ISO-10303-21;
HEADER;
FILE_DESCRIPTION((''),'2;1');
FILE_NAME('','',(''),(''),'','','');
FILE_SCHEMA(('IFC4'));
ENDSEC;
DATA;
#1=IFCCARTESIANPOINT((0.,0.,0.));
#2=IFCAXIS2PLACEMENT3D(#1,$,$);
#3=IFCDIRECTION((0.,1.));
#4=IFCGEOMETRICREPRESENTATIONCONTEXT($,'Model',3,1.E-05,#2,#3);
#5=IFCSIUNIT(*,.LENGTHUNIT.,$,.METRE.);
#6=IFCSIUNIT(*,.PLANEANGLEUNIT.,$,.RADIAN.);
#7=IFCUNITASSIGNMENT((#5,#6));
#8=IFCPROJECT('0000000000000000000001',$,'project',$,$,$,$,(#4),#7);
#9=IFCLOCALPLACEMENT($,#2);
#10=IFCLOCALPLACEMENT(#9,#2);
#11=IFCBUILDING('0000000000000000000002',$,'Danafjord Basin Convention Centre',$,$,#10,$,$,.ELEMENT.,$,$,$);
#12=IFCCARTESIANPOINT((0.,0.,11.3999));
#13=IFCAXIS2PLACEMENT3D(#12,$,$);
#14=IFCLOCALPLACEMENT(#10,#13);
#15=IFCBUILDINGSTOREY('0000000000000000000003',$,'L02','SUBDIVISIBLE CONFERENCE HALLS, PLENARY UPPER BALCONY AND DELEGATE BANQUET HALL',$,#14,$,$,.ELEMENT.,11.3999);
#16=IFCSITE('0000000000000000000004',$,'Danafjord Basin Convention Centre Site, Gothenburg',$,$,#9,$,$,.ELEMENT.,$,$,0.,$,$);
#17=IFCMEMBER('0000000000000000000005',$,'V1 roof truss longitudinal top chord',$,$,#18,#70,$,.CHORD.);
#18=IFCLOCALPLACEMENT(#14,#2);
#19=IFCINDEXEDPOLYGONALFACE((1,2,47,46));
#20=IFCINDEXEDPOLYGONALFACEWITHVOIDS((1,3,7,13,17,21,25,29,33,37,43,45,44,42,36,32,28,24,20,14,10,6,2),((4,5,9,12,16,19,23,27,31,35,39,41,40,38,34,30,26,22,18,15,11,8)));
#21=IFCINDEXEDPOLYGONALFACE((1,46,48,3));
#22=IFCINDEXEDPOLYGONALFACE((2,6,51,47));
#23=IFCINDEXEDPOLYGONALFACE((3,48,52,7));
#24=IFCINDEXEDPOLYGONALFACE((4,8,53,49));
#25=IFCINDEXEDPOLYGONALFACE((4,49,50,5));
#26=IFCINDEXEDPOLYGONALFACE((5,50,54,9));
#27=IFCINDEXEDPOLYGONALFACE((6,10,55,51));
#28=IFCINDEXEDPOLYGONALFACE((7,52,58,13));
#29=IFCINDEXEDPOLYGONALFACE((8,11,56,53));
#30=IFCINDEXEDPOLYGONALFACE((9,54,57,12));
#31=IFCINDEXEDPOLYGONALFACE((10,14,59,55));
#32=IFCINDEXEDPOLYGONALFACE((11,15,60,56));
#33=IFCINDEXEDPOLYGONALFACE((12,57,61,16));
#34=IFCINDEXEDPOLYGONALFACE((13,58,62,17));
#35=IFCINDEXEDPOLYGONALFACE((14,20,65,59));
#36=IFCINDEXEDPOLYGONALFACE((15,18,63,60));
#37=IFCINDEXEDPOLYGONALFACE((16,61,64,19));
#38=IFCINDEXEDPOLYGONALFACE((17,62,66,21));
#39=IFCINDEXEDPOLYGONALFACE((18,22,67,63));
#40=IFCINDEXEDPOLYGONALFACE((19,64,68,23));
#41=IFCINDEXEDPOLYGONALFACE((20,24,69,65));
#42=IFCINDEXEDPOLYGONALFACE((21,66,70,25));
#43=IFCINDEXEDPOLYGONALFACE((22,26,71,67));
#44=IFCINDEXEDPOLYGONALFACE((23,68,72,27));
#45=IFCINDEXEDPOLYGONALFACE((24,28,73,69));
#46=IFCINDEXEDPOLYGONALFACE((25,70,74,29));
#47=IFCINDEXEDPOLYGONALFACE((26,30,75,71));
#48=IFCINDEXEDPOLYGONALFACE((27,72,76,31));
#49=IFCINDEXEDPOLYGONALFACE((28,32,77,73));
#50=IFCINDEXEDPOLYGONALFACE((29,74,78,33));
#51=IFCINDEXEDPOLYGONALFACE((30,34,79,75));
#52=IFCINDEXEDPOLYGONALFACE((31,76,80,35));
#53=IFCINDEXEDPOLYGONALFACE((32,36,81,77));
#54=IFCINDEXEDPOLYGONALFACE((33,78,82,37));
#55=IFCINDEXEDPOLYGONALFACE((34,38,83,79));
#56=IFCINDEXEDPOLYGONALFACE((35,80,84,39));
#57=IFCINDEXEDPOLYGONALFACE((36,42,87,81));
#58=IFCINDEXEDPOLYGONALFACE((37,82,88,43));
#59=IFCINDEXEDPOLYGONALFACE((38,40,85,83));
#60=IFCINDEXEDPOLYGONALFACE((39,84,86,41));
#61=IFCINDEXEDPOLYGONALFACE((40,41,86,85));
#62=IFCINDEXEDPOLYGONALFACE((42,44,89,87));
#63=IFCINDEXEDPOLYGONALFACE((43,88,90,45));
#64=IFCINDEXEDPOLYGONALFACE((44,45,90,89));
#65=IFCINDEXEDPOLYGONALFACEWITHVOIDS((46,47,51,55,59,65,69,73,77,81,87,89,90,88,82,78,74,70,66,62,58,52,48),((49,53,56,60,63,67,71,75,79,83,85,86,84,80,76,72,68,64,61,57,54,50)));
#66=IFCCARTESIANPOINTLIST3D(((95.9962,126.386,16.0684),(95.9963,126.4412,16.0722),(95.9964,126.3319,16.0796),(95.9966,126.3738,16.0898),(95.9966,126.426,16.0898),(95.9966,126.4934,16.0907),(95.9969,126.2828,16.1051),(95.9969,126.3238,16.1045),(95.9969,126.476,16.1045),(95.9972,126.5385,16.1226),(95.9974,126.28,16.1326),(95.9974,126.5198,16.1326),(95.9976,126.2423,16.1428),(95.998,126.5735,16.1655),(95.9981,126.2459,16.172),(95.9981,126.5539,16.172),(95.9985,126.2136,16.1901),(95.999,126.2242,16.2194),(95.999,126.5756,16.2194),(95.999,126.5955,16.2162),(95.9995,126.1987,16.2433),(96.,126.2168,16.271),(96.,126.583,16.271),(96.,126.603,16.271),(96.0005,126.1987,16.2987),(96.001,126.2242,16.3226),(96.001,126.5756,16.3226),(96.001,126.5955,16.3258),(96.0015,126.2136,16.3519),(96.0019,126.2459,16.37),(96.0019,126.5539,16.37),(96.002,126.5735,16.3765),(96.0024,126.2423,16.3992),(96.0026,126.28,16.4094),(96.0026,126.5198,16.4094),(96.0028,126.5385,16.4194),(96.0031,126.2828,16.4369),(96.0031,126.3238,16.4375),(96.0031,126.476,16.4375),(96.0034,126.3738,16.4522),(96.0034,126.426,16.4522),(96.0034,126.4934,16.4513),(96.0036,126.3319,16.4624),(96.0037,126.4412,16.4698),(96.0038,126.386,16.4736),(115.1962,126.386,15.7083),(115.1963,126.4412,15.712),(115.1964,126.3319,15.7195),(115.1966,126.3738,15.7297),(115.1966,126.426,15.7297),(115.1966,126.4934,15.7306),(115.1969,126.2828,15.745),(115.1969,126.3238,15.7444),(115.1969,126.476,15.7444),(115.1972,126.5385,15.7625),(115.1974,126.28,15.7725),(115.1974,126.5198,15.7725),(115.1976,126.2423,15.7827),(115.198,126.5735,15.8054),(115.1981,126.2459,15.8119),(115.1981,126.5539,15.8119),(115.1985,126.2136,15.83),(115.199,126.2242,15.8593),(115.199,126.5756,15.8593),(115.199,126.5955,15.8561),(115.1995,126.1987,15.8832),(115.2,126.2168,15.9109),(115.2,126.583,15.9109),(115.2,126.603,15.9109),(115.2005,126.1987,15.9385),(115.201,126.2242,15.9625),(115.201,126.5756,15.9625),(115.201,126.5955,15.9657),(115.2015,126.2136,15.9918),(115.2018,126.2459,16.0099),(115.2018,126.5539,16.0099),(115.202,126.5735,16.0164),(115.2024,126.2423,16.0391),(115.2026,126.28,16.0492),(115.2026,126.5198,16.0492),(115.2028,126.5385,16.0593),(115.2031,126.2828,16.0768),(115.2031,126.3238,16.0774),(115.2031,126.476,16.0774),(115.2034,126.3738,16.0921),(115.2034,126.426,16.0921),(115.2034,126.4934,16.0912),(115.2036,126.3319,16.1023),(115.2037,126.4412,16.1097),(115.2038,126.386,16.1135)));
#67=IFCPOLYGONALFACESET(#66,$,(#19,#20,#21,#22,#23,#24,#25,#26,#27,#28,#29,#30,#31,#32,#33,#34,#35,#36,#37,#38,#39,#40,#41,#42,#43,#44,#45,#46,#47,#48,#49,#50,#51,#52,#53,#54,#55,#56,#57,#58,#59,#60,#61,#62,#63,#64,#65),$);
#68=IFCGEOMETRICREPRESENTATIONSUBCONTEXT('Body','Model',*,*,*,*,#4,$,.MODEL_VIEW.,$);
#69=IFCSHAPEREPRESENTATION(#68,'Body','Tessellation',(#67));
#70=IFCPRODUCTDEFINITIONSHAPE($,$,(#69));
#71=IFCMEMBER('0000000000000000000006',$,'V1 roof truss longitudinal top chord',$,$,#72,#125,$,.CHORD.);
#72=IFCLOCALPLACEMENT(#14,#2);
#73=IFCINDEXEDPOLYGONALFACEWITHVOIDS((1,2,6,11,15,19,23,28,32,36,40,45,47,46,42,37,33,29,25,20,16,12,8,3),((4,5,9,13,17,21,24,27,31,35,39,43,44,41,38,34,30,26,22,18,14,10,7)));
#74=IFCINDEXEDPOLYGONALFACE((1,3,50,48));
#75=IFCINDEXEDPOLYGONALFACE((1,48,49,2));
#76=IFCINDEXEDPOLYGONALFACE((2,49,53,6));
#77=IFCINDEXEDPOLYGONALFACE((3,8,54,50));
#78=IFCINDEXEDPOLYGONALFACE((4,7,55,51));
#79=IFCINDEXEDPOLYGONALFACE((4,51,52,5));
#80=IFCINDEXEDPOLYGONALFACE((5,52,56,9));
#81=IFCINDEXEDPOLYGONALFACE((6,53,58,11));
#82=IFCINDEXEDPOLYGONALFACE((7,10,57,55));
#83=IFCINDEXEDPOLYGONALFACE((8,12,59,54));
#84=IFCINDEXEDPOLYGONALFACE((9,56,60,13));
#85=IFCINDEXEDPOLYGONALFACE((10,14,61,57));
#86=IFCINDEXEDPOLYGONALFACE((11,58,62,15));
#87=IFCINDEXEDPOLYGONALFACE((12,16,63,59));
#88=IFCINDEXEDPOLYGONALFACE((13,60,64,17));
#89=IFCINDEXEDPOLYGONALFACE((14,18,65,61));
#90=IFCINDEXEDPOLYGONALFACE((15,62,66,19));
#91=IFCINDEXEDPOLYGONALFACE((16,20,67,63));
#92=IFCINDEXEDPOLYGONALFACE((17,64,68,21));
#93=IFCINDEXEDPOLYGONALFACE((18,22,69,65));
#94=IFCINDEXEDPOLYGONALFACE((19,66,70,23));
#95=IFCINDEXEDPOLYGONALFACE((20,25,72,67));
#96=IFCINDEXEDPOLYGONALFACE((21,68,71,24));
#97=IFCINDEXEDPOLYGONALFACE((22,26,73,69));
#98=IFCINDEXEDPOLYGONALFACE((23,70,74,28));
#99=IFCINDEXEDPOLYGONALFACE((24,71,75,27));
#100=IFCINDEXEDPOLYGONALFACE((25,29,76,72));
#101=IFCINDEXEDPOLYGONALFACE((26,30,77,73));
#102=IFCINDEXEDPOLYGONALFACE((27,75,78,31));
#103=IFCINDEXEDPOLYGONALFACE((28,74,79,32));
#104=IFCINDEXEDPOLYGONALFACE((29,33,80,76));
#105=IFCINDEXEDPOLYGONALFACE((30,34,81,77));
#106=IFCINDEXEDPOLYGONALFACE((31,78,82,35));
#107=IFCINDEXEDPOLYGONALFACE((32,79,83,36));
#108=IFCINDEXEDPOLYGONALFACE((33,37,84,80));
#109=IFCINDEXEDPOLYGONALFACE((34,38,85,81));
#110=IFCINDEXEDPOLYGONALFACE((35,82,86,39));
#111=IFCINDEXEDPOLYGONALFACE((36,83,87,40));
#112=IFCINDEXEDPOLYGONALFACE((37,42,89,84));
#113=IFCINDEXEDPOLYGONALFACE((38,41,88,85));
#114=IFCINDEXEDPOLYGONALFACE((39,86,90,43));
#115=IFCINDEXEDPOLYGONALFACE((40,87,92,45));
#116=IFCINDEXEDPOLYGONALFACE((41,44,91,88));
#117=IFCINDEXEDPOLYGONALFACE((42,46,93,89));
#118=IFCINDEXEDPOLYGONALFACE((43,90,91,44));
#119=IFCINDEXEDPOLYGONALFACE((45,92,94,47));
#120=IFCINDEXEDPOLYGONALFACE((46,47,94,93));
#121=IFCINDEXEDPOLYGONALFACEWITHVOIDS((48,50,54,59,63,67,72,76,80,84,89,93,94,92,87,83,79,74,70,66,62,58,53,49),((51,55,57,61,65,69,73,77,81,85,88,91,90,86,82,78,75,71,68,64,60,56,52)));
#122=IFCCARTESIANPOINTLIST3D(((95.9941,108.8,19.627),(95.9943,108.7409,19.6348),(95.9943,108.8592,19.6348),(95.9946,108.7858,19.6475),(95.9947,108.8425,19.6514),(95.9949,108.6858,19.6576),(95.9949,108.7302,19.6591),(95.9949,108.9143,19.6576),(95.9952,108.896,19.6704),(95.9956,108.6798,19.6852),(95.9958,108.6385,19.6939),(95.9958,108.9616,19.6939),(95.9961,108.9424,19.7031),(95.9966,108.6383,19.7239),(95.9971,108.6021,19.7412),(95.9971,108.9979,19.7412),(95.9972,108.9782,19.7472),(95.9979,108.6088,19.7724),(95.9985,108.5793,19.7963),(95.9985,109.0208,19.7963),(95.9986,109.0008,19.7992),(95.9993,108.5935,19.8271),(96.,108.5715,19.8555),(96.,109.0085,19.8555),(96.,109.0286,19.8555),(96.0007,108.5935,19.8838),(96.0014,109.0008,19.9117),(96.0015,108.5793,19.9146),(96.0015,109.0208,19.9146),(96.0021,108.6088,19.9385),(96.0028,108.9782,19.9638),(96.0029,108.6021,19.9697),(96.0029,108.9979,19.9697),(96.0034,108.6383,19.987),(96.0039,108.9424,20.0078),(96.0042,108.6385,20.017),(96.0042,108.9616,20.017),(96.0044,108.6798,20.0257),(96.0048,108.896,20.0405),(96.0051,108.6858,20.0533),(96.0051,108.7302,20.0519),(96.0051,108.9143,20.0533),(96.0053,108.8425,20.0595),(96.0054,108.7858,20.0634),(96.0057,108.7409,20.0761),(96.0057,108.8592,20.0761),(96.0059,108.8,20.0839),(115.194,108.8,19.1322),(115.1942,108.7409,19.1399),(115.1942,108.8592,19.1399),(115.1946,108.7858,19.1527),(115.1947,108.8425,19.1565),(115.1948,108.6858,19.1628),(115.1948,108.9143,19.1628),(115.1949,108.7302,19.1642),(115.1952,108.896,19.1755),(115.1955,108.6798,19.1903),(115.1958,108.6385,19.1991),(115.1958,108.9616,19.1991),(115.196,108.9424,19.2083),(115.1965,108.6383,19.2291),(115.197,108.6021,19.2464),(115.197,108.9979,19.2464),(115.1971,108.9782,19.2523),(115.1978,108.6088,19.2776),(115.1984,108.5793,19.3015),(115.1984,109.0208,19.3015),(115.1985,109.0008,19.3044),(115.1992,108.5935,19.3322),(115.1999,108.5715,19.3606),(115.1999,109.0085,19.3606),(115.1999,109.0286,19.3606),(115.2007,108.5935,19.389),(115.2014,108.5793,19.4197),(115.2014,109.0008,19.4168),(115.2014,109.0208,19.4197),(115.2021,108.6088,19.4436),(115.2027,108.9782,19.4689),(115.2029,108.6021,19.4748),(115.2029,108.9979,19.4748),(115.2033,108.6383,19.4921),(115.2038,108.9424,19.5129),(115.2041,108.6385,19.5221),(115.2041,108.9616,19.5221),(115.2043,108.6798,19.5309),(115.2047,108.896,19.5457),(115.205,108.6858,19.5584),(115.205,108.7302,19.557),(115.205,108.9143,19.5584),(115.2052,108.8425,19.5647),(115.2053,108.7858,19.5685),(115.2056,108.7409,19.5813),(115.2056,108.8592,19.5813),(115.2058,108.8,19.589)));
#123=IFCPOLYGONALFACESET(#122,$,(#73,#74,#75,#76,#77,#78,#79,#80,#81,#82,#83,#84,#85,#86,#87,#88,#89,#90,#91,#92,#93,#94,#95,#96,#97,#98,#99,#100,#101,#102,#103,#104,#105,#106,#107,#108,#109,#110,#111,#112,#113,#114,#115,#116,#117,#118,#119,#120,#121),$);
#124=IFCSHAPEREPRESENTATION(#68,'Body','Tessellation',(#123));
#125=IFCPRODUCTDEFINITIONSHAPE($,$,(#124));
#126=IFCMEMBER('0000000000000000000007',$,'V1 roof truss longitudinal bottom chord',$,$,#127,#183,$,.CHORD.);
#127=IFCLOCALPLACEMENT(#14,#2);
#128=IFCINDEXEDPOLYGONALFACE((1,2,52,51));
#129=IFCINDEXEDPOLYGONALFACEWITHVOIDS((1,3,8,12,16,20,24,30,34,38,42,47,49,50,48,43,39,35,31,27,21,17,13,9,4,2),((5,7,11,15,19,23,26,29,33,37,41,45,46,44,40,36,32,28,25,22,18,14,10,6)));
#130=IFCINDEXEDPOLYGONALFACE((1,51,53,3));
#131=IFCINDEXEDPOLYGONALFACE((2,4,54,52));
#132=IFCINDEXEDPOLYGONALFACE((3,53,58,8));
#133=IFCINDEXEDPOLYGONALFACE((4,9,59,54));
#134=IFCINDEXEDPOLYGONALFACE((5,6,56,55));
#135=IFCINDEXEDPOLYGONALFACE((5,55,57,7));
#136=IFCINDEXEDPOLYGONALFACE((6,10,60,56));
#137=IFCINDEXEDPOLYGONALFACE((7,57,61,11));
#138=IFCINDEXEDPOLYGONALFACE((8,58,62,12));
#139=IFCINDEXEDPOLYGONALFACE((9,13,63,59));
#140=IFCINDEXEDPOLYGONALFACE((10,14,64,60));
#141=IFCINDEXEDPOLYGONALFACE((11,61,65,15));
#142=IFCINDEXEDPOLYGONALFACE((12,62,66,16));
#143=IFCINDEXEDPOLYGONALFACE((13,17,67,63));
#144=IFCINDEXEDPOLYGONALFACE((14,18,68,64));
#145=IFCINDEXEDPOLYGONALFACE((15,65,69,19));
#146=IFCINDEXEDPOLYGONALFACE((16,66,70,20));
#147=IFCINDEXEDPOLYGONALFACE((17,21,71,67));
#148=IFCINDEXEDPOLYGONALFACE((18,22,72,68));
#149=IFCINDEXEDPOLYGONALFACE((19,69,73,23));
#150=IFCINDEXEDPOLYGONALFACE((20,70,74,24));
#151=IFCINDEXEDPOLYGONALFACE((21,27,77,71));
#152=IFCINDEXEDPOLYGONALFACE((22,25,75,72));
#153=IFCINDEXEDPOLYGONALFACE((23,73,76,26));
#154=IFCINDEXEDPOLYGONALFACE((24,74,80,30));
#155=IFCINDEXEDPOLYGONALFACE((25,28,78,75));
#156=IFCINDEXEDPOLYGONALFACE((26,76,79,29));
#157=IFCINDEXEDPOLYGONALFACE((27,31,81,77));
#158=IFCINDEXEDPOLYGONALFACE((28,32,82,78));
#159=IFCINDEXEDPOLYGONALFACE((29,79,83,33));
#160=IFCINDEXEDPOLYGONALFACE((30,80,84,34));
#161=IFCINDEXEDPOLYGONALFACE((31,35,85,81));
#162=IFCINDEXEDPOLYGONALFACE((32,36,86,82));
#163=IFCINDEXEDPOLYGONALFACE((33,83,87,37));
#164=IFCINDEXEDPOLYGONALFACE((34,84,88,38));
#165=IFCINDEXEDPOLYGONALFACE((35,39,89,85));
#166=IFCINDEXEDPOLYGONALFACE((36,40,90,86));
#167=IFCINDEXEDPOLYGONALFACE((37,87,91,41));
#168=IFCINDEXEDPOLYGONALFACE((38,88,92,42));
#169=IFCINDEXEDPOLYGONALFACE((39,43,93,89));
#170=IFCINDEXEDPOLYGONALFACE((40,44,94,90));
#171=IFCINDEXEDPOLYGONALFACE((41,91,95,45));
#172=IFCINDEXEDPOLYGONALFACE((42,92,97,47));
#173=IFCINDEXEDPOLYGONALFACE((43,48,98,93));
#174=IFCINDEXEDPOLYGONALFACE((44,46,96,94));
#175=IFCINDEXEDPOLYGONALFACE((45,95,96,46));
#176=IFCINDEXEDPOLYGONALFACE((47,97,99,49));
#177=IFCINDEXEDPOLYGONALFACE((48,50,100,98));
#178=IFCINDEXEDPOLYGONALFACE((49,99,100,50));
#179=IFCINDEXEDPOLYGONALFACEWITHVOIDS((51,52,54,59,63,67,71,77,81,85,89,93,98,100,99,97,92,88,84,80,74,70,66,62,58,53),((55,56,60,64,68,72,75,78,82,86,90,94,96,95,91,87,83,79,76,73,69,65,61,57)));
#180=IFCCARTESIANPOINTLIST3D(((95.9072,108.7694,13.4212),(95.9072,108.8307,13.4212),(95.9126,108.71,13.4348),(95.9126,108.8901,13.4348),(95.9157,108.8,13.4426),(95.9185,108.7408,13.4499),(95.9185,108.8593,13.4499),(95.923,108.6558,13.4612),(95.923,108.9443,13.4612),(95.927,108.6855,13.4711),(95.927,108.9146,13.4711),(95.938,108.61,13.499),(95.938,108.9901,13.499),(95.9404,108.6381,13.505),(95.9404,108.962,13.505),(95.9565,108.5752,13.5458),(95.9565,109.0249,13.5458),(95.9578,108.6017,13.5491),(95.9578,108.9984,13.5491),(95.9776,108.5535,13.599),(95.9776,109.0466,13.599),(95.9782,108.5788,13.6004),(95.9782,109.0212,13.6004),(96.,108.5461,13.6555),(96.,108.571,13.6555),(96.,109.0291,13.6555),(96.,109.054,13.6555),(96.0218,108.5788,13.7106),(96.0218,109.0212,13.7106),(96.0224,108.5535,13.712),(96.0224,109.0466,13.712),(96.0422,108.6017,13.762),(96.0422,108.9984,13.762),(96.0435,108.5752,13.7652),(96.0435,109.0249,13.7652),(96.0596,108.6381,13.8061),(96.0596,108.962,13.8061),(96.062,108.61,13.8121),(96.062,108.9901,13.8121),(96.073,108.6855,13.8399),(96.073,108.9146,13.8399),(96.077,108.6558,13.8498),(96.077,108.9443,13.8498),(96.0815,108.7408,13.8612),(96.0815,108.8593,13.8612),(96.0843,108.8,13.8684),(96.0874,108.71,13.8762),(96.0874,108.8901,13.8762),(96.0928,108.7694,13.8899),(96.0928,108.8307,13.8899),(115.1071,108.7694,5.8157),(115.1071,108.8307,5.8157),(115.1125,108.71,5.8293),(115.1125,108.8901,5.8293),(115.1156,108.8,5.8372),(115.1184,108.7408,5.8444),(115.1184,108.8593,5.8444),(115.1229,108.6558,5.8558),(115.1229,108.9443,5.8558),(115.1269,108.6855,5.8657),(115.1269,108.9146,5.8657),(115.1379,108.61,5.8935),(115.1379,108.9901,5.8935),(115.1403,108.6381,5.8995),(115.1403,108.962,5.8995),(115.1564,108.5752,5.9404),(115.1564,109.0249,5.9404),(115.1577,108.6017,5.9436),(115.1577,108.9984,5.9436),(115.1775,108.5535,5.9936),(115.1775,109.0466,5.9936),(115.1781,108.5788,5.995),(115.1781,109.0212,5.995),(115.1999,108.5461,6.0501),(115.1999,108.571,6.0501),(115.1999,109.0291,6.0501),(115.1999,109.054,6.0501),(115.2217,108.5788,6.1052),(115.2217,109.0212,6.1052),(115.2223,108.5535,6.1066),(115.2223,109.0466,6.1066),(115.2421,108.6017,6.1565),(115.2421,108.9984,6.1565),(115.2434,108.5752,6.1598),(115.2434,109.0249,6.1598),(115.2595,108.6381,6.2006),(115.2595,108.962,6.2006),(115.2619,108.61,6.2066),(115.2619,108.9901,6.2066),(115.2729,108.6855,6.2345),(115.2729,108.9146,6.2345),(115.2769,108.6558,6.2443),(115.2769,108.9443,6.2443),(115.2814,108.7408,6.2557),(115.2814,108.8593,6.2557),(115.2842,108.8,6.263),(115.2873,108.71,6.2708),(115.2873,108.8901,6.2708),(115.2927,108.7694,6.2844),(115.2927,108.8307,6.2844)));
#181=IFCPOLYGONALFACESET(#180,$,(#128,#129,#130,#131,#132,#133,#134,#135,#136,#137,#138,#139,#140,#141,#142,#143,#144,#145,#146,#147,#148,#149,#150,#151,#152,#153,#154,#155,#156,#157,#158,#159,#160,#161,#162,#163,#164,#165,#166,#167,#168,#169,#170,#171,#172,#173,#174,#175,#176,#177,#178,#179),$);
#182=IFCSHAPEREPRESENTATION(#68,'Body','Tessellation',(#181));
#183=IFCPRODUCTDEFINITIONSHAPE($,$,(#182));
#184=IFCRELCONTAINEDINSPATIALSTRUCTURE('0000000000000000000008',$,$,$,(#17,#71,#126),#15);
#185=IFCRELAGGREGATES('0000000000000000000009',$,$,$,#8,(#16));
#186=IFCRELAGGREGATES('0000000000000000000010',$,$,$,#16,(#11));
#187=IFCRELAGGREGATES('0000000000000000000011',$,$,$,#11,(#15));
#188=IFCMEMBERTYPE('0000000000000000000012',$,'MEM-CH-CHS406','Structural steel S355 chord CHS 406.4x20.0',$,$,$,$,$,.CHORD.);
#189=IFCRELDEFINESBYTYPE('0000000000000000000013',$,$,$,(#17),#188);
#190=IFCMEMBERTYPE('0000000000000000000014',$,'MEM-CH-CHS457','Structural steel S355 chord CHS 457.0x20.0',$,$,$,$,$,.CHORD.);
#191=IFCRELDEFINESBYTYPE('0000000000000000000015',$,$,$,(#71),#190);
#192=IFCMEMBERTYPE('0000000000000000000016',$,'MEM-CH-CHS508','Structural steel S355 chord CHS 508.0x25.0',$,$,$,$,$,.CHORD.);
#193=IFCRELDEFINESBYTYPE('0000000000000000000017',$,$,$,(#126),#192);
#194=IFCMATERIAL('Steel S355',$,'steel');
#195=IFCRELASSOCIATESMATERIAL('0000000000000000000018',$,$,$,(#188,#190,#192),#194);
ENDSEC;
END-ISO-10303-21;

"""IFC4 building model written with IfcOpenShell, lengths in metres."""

from ifc_helpers import new_model, si_unit, direction, frame, origin, origin_2d, place, context, subcontext, project, spatial, hollow_circle, extrude, material, material_profile, profile_set, type_object, element, save


model = new_model("IFC4")

# Units and contexts
model_context = context("Model", 3, precision=1e-05, world=origin(), true_north=direction((0.0, 1.0)))
body_context = subcontext(model_context, "Body", "Model", "MODEL_VIEW")
ifc_project = project(units=[si_unit("LENGTHUNIT", "METRE"), si_unit("PLANEANGLEUNIT", "RADIAN")], contexts=[model_context])

# Site, building, storey
site_placement = place(None, origin())
site = spatial("IfcSite", under=ifc_project, at=site_placement, Name="Danafjord Basin Convention Centre Site, Gothenburg", CompositionType="ELEMENT", RefElevation=0.0)
building_placement = place(site_placement, origin())
building = spatial("IfcBuilding", under=site, at=building_placement, Name="Danafjord Basin Convention Centre", CompositionType="ELEMENT")
storey_placement = place(building_placement, frame((0.0, 0.0, 11.3999)))
storey = spatial("IfcBuildingStorey", under=building, at=storey_placement, Name="L02", Description="SUBDIVISIBLE CONFERENCE HALLS, PLENARY UPPER BALCONY AND DELEGATE BANQUET HALL", CompositionType="ELEMENT", Elevation=11.3999)

# Shared definitions
ifc_material = material(Name="Steel S355", Category="steel")

# Members
ifc_material_profile_1 = material_profile(ifc_material, hollow_circle(Radius=0.2031, WallThickness=0.02, at=origin_2d()), Name="CHS 406.4x20.0")
ifc_profile_set_1 = profile_set([ifc_material_profile_1], Name="Steel S355")
member_type_1 = type_object("IfcMemberType", Name="MEM-CH-CHS406", Description="Structural steel S355 chord CHS 406.4x20.0", PredefinedType="CHORD", material=ifc_profile_set_1)
member_1_placement = place(storey_placement, frame((96.0, 126.3999, 16.271), z_axis=(0.999824, 0.0, -0.018752), x_axis=(0.0, 1.0, 0.0)))
element("IfcMember", 1, at=member_1_placement, inside=storey, type_object=member_type_1, Name="V1 roof truss longitudinal top chord", PredefinedType="CHORD", context=body_context, shape_type="SweptSolid", body=[
    extrude(hollow_circle(Radius=0.2031, WallThickness=0.02, at=origin_2d()), origin(), (0.0, 0.0, 1.0), 19.2034),
])
ifc_material_profile_2 = material_profile(ifc_material, hollow_circle(Radius=0.2285, WallThickness=0.02, at=origin_2d()), Name="CHS 457.0x20.0")
ifc_profile_set_2 = profile_set([ifc_material_profile_2], Name="Steel S355")
member_type_2 = type_object("IfcMemberType", Name="MEM-CH-CHS457", Description="Structural steel S355 chord CHS 457.0x20.0", PredefinedType="CHORD", material=ifc_profile_set_2)
member_2_placement = place(storey_placement, frame((96.0, 108.8, 19.8555), z_axis=(0.999668, 0.0, -0.025766), x_axis=(0.0, 1.0, 0.0)))
element("IfcMember", 2, at=member_2_placement, inside=storey, type_object=member_type_2, Name="V1 roof truss longitudinal top chord", PredefinedType="CHORD", context=body_context, shape_type="SweptSolid", body=[
    extrude(hollow_circle(Radius=0.2285, WallThickness=0.02, at=origin_2d()), origin(), (0.0, 0.0, 1.0), 19.2063),
])
ifc_material_profile_3 = material_profile(ifc_material, hollow_circle(Radius=0.2539, WallThickness=0.0249, at=origin_2d()), Name="CHS 508.0x25.0")
ifc_profile_set_3 = profile_set([ifc_material_profile_3], Name="Steel S355")
member_type_3 = type_object("IfcMemberType", Name="MEM-CH-CHS508", Description="Structural steel S355 chord CHS 508.0x25.0", PredefinedType="CHORD", material=ifc_profile_set_3)
member_3_placement = place(storey_placement, frame((96.0, 108.8, 13.6555), z_axis=(0.929716, 0.0, -0.368278), x_axis=(0.0, 1.0, 0.0)))
element("IfcMember", 3, at=member_3_placement, inside=storey, type_object=member_type_3, Name="V1 roof truss longitudinal bottom chord", PredefinedType="CHORD", context=body_context, shape_type="SweptSolid", body=[
    extrude(hollow_circle(Radius=0.2539, WallThickness=0.0249, at=origin_2d()), origin(), (0.0, 0.0, 1.0), 20.6514),
])

save(model, "model.ifc")
